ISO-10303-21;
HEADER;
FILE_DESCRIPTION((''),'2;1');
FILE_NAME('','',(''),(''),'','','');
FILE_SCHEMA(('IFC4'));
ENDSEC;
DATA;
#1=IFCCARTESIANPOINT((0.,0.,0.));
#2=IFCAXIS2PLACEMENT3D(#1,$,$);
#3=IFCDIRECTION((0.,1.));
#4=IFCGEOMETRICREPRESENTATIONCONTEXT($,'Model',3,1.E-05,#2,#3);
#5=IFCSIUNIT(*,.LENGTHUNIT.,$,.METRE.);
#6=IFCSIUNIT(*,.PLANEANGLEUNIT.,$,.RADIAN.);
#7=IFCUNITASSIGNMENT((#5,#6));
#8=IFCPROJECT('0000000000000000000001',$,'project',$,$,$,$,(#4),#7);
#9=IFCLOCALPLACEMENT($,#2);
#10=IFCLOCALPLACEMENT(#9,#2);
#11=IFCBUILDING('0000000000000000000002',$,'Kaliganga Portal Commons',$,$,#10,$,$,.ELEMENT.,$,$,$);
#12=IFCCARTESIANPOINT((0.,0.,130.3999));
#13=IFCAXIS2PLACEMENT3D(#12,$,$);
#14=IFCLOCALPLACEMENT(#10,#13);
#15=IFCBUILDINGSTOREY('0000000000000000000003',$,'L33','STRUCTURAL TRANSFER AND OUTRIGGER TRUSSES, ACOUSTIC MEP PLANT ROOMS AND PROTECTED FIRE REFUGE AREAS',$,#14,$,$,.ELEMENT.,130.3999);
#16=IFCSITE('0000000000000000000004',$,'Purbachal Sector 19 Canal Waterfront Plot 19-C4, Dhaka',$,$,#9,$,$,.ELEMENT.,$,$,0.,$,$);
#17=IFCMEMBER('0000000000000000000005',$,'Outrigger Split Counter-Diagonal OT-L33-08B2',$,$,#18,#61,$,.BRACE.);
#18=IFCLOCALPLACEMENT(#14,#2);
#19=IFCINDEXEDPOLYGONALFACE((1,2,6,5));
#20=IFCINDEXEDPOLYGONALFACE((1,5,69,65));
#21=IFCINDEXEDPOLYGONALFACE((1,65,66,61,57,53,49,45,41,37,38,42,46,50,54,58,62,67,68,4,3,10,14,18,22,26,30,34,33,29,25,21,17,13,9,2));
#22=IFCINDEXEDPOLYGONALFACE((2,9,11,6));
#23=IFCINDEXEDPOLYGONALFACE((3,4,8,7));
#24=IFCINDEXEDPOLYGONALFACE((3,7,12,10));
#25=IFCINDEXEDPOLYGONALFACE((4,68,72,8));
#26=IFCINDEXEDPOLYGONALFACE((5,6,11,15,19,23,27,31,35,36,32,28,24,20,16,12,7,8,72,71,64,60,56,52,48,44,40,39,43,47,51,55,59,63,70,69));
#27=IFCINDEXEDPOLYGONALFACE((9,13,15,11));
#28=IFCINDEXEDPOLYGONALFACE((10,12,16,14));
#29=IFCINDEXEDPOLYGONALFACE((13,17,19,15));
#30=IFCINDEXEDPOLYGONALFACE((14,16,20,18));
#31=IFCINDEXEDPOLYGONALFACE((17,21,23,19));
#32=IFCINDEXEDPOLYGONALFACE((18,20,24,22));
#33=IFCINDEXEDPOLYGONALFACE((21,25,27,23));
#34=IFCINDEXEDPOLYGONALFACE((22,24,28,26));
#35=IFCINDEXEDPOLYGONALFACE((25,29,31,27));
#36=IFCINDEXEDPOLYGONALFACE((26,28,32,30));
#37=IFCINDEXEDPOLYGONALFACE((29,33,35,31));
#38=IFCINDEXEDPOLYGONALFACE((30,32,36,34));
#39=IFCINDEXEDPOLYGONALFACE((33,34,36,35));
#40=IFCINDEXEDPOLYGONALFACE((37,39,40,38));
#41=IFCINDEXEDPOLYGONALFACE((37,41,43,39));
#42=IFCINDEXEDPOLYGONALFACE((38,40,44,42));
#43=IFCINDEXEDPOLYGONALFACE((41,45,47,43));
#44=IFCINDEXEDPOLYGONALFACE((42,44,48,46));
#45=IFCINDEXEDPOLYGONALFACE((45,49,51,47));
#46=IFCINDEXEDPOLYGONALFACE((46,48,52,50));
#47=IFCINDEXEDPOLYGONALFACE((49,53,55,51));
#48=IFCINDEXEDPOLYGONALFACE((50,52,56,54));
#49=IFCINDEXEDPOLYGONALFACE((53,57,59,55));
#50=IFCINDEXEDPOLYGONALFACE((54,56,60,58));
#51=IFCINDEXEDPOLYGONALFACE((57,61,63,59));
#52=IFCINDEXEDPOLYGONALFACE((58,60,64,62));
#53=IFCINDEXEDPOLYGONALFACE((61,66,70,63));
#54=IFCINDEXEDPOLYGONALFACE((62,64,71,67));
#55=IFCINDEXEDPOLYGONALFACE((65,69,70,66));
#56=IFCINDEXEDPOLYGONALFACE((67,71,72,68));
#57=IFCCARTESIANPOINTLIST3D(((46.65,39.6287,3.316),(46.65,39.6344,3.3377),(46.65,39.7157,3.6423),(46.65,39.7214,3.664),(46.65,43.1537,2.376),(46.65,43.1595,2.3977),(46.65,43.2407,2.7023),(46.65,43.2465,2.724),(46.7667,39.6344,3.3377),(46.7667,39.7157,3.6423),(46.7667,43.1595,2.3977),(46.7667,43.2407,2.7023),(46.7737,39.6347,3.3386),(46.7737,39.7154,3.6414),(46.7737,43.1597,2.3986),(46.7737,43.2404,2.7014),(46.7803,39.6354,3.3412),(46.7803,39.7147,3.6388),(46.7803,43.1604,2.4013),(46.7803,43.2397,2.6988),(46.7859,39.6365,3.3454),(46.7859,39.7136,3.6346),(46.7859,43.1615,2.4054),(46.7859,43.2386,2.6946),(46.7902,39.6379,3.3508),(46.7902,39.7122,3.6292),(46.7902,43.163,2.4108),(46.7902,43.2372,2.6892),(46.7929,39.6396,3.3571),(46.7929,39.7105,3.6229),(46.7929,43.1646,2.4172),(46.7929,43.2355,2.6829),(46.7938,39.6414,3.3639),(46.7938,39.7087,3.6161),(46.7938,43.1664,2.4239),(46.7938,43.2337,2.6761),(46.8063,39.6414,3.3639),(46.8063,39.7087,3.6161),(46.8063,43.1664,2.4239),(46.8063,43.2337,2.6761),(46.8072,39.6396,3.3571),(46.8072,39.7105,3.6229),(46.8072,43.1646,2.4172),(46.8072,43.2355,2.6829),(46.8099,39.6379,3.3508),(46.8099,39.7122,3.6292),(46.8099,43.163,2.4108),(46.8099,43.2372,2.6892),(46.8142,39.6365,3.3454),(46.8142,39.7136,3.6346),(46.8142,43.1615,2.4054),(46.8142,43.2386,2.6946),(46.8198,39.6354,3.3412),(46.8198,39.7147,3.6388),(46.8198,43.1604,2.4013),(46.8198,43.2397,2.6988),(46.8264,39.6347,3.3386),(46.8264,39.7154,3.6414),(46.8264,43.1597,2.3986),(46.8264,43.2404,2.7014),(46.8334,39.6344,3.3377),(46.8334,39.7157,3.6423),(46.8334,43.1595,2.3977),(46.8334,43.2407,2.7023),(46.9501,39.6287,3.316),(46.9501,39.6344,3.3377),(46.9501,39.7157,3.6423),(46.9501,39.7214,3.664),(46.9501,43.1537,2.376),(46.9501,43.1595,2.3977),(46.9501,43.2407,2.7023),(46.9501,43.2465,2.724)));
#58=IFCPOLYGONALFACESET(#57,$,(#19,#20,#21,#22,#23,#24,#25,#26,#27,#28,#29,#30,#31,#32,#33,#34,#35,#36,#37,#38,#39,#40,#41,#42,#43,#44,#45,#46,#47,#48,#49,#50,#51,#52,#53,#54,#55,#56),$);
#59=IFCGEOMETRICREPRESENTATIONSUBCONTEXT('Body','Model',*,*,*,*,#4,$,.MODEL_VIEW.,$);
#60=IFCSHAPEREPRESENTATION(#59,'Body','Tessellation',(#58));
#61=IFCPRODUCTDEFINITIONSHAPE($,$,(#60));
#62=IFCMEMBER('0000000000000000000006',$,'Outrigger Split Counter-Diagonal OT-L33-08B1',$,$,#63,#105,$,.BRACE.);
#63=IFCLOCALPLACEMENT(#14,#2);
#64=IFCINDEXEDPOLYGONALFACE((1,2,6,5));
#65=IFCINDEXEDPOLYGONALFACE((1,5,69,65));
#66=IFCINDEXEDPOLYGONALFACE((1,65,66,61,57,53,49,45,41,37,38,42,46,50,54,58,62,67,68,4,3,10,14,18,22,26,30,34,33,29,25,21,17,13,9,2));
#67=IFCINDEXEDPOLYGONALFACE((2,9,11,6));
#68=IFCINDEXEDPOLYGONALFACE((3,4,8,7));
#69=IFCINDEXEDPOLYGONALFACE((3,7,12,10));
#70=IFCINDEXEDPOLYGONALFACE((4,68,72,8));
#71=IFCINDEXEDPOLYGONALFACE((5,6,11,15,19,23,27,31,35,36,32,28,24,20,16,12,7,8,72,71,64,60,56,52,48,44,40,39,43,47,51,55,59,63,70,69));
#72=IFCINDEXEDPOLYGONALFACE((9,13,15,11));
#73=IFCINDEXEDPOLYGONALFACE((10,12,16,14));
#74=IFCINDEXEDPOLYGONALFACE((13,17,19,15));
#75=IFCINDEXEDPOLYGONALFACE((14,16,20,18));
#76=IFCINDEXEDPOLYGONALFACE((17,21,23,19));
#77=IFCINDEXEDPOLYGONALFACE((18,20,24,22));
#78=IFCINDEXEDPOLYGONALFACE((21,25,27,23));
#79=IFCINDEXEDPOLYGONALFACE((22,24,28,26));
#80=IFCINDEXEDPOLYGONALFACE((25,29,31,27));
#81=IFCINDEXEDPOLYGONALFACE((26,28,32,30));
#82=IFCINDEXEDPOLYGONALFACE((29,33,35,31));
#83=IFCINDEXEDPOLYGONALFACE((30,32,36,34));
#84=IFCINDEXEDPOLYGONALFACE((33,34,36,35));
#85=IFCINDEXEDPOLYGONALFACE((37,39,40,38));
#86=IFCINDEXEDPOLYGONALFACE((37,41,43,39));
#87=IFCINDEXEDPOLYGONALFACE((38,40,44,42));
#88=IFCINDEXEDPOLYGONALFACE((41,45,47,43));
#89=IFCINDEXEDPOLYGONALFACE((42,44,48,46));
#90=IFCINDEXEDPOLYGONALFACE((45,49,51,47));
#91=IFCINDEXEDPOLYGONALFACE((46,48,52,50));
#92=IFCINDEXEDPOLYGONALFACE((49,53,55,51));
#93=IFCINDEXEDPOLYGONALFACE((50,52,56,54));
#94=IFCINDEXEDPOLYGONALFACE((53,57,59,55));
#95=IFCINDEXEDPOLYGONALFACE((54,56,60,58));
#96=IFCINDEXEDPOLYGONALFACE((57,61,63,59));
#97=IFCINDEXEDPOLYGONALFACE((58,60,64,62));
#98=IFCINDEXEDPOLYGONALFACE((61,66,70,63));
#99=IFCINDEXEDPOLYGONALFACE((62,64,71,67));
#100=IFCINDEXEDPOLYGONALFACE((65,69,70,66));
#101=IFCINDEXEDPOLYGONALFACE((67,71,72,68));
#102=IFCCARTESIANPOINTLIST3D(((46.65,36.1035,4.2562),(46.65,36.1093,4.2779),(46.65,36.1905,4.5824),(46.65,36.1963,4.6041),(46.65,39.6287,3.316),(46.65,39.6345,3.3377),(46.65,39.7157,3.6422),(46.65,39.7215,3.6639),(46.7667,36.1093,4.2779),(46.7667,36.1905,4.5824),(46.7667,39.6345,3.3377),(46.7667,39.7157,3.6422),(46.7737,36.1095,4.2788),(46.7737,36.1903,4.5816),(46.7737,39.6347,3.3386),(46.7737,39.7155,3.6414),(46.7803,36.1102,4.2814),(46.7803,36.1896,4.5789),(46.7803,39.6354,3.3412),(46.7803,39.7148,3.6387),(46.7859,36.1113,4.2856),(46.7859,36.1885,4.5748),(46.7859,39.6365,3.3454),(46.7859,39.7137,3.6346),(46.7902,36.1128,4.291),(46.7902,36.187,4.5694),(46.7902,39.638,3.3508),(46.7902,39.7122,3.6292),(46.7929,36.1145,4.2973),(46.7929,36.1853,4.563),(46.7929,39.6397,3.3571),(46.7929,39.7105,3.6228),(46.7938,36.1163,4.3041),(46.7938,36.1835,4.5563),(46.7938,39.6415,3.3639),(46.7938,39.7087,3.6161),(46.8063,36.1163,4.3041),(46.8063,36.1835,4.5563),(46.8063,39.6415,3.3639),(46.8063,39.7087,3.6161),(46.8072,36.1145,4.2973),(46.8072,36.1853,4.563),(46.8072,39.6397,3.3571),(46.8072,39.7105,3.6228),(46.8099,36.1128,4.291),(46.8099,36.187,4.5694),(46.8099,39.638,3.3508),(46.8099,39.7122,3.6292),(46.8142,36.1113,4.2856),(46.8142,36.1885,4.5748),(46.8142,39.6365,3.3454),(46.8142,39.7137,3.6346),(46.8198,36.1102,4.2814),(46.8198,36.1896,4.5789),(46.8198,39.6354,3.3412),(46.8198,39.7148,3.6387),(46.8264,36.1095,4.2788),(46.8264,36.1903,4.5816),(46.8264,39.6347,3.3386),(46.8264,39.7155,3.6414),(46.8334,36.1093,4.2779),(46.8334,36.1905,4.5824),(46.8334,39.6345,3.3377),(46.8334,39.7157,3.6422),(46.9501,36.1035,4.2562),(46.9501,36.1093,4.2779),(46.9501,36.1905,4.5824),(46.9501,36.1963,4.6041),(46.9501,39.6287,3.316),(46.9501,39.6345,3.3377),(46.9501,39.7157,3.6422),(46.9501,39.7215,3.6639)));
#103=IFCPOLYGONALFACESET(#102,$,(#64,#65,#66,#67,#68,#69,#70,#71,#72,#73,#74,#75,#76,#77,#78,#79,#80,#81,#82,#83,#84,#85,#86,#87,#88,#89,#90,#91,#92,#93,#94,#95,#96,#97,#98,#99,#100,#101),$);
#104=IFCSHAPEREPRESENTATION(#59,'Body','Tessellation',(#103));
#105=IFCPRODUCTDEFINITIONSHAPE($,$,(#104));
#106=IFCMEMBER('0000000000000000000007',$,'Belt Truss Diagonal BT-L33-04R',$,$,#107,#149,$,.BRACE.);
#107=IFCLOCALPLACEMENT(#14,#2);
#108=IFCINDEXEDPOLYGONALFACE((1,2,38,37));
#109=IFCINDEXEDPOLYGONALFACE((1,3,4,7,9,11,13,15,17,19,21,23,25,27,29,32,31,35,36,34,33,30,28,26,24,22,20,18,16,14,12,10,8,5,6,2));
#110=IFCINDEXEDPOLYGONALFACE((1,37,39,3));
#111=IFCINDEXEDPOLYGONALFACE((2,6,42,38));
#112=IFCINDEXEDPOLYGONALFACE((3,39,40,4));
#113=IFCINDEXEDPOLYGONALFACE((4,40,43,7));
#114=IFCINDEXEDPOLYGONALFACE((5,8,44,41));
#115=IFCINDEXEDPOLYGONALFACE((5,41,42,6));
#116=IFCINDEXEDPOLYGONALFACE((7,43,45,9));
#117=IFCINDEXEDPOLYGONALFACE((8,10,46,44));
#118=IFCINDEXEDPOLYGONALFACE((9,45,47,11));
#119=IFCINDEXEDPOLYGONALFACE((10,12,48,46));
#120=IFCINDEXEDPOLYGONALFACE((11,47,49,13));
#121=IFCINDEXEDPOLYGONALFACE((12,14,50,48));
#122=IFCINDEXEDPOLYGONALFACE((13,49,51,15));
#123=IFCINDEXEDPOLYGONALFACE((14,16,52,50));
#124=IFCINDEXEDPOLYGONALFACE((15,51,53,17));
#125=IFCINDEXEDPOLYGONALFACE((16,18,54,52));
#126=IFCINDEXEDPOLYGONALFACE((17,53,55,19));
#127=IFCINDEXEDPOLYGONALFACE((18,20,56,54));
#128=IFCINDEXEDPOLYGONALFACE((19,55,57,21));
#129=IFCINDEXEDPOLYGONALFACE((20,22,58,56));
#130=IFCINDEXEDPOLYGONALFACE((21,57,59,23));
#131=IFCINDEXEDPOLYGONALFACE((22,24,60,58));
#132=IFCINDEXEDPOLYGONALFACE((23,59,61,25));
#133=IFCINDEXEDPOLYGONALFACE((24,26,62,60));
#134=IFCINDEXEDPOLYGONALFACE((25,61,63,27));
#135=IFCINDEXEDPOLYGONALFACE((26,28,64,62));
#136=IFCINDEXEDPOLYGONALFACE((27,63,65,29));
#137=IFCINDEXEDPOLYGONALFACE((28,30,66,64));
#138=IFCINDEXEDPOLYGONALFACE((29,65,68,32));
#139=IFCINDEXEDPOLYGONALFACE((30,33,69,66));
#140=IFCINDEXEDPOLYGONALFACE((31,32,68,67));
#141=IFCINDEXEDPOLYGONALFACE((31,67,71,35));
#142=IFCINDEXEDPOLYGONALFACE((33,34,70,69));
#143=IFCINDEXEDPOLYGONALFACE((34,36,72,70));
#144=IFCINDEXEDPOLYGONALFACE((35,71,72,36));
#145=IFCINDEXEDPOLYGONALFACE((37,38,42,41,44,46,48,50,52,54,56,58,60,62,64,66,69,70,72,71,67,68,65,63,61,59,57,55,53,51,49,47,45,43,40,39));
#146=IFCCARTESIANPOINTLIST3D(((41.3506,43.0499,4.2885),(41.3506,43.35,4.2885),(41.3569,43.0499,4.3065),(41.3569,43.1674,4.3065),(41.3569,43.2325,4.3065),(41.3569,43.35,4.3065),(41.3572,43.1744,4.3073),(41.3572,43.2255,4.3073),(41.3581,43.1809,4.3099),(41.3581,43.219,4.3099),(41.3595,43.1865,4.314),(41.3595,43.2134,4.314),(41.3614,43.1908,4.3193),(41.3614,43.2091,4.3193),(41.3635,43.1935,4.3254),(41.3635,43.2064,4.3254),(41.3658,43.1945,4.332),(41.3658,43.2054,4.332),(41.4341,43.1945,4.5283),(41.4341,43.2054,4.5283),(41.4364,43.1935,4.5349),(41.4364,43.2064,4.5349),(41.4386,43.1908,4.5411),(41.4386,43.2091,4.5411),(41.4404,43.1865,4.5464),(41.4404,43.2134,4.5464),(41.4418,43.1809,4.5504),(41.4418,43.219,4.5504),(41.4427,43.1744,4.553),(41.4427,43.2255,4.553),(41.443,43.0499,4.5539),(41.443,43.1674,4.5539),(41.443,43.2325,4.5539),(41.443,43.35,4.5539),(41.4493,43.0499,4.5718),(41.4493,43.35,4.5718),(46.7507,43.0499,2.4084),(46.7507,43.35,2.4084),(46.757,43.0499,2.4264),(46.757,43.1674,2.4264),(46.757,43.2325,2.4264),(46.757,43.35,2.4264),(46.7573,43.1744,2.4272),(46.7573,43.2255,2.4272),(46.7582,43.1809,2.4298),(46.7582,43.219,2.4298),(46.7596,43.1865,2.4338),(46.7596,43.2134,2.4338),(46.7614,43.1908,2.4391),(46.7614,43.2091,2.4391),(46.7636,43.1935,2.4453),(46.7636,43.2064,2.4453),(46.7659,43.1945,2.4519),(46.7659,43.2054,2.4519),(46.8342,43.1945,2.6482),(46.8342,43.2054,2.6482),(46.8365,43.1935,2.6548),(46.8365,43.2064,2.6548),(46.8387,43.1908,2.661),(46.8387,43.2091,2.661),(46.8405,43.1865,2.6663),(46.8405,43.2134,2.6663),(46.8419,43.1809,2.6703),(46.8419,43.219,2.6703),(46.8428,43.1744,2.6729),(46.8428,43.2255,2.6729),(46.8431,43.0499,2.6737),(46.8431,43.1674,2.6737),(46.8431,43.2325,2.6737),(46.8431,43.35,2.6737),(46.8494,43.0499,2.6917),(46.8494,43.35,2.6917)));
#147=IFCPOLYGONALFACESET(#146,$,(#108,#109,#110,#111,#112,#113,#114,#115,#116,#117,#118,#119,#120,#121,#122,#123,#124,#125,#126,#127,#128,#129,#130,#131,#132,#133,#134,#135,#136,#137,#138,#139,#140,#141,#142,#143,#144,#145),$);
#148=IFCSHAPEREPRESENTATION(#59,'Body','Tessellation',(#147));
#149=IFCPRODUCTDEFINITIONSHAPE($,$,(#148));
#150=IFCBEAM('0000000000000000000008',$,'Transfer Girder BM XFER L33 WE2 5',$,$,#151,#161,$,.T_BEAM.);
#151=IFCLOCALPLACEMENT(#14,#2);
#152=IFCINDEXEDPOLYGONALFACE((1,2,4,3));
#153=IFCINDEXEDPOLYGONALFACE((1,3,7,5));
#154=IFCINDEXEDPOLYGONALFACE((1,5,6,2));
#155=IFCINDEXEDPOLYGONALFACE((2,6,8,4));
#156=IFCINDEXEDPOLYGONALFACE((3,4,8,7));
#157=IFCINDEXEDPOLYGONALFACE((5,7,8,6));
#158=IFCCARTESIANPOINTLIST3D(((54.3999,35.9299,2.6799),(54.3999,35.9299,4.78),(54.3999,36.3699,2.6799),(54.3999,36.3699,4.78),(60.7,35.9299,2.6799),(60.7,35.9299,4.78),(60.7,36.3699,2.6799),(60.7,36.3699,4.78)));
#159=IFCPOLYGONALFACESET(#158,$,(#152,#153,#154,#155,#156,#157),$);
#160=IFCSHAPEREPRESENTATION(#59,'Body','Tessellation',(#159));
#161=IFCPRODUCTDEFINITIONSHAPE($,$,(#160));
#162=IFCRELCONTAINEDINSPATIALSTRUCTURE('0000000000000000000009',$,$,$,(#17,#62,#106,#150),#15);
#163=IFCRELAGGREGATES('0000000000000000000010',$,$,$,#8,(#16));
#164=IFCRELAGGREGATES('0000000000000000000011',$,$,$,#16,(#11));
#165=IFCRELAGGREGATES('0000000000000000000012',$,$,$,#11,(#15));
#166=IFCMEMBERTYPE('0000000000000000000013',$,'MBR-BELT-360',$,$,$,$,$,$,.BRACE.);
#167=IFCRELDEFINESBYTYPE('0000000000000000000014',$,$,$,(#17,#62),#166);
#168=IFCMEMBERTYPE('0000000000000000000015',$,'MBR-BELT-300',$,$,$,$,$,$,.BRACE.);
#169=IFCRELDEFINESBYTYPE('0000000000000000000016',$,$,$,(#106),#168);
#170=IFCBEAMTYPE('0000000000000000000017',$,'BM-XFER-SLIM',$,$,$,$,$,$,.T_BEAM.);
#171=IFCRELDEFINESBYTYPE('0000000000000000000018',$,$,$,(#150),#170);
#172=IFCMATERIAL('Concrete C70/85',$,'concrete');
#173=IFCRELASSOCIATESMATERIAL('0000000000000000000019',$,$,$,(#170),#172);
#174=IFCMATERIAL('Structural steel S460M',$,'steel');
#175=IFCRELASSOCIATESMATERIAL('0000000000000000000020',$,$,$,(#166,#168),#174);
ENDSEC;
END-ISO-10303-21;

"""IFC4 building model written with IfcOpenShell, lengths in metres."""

from ifc_helpers import new_model, si_unit, direction, frame, origin, origin_2d, place, context, subcontext, project, spatial, rectangle, i_section, extrude, source, transform, mapped, material, material_profile, profile_set, type_object, element, save


model = new_model("IFC4")

# Units and contexts
model_context = context("Model", 3, precision=1e-05, world=origin(), true_north=direction((0.0, 1.0)))
body_context = subcontext(model_context, "Body", "Model", "MODEL_VIEW")
ifc_project = project(units=[si_unit("LENGTHUNIT", "METRE"), si_unit("PLANEANGLEUNIT", "RADIAN")], contexts=[model_context])

# Site, building, storey
site_placement = place(None, origin())
site = spatial("IfcSite", under=ifc_project, at=site_placement, Name="Purbachal Sector 19 Canal Waterfront Plot 19-C4, Dhaka", CompositionType="ELEMENT", RefElevation=0.0)
building_placement = place(site_placement, origin())
building = spatial("IfcBuilding", under=site, at=building_placement, Name="Kaliganga Portal Commons", CompositionType="ELEMENT")
storey_placement = place(building_placement, frame((0.0, 0.0, 130.3999)))
storey = spatial("IfcBuildingStorey", under=building, at=storey_placement, Name="L33", Description="STRUCTURAL TRANSFER AND OUTRIGGER TRUSSES, ACOUSTIC MEP PLANT ROOMS AND PROTECTED FIRE REFUGE AREAS", CompositionType="ELEMENT", Elevation=130.3999)

# Shared definitions
ifc_material_1 = material(Name="Structural steel S460M", Category="steel")

# Shared definitions
ifc_material_2 = material(Name="Concrete C70/85", Category="concrete")
ifc_material_profile_1 = material_profile(ifc_material_2, rectangle(XDim=0.4399, YDim=2.1001, at=origin_2d()), Name="RC 440x2100")
ifc_profile_set_1 = profile_set([ifc_material_profile_1], Name="Concrete C70/85")
beam_type_1 = type_object("IfcBeamType", Name="BM-XFER-SLIM", PredefinedType="T_BEAM", material=ifc_profile_set_1)

# Members
ifc_material_profile_2 = material_profile(ifc_material_1, i_section(OverallWidth=0.3, OverallDepth=0.3601, WebThickness=0.0125, FlangeThickness=0.0225, FilletRadius=0.0271, at=origin_2d()), Name="HE 360 B")
ifc_profile_set_2 = profile_set([ifc_material_profile_2], Name="Structural steel S460M wide-flange")
member_type_1 = type_object("IfcMemberType", Name="MBR-BELT-360", PredefinedType="BRACE", material=ifc_profile_set_2)
shared_shape_1 = source(origin(), body_context, "Body", "SweptSolid", [
    extrude(i_section(OverallWidth=0.3, OverallDepth=0.3601, WebThickness=0.0125, FlangeThickness=0.0225, FilletRadius=0.0271, at=origin_2d()), origin(), (0.0, 0.0, 1.0), 3.6482),
])
member_1_placement = place(storey_placement, frame((46.8, 39.675, 3.49), z_axis=(0.0, 0.966237, -0.257654), x_axis=(-1.0, 0.0, 0.0)))
element("IfcMember", 1, at=member_1_placement, inside=storey, type_object=member_type_1, Name="Outrigger Split Counter-Diagonal OT-L33-08B2", PredefinedType="BRACE", context=body_context, shape_type="MappedRepresentation", body=[
    mapped(shared_shape_1, transform((0.0, 0.0, 0.0), x_axis=(1.0, 0.0, 0.0), y_axis=(0.0, 1.0, 0.0), z_axis=(0.0, 0.0, 1.0), scale=1.0)),
])
shared_shape_2 = source(origin(), body_context, "Body", "SweptSolid", [
    extrude(i_section(OverallWidth=0.3, OverallDepth=0.3601, WebThickness=0.0125, FlangeThickness=0.0225, FilletRadius=0.0271, at=origin_2d()), origin(), (0.0, 0.0, 1.0), 3.6484),
])
member_2_placement = place(storey_placement, frame((46.8, 36.1499, 4.4302), z_axis=(0.0, 0.966225, -0.2577), x_axis=(-1.0, 0.0, 0.0)))
element("IfcMember", 2, at=member_2_placement, inside=storey, type_object=member_type_1, Name="Outrigger Split Counter-Diagonal OT-L33-08B1", PredefinedType="BRACE", context=body_context, shape_type="MappedRepresentation", body=[
    mapped(shared_shape_2, transform((0.0, 0.0, 0.0), x_axis=(1.0, 0.0, 0.0), y_axis=(0.0, 1.0, 0.0), z_axis=(0.0, 0.0, 1.0), scale=1.0)),
])
ifc_material_profile_3 = material_profile(ifc_material_1, i_section(OverallWidth=0.3, OverallDepth=0.3, WebThickness=0.011, FlangeThickness=0.019, FilletRadius=0.0271, at=origin_2d()), Name="HE 300 B")
ifc_profile_set_3 = profile_set([ifc_material_profile_3], Name="Structural steel S460M wide-flange")
member_type_2 = type_object("IfcMemberType", Name="MBR-BELT-300", PredefinedType="BRACE", material=ifc_profile_set_3)
shared_shape_3 = source(origin(), body_context, "Body", "SweptSolid", [
    extrude(i_section(OverallWidth=0.3, OverallDepth=0.3, WebThickness=0.011, FlangeThickness=0.019, FilletRadius=0.0271, at=origin_2d()), origin(), (0.0, 0.0, 1.0), 5.718),
])
member_3_placement = place(storey_placement, frame((46.8, 43.2, 2.55), z_axis=(-0.944398, 0.0, 0.328804), x_axis=(0.0, -1.0, 0.0)))
element("IfcMember", 3, at=member_3_placement, inside=storey, type_object=member_type_2, Name="Belt Truss Diagonal BT-L33-04R", PredefinedType="BRACE", context=body_context, shape_type="MappedRepresentation", body=[
    mapped(shared_shape_3, transform((0.0, 0.0, 0.0), x_axis=(1.0, 0.0, 0.0), y_axis=(0.0, 1.0, 0.0), z_axis=(0.0, 0.0, 1.0), scale=1.0)),
])

# Beam
shared_shape_4 = source(origin(), body_context, "Body", "SweptSolid", [
    extrude(rectangle(XDim=0.4399, YDim=2.1001, at=origin_2d()), origin(), (0.0, 0.0, 1.0), 6.3),
])
beam_1_placement = place(storey_placement, frame((54.3999, 36.1499, 3.73), z_axis=(1.0, 0.0, 0.0), x_axis=(0.0, 1.0, 0.0)))
element("IfcBeam", 4, at=beam_1_placement, inside=storey, type_object=beam_type_1, Name="Transfer Girder BM XFER L33 WE2 5", PredefinedType="T_BEAM", context=body_context, shape_type="MappedRepresentation", body=[
    mapped(shared_shape_4, transform((0.0, 0.0, 0.0), x_axis=(1.0, 0.0, 0.0), y_axis=(0.0, 1.0, 0.0), z_axis=(0.0, 0.0, 1.0), scale=1.0)),
])

save(model, "model.ifc")
